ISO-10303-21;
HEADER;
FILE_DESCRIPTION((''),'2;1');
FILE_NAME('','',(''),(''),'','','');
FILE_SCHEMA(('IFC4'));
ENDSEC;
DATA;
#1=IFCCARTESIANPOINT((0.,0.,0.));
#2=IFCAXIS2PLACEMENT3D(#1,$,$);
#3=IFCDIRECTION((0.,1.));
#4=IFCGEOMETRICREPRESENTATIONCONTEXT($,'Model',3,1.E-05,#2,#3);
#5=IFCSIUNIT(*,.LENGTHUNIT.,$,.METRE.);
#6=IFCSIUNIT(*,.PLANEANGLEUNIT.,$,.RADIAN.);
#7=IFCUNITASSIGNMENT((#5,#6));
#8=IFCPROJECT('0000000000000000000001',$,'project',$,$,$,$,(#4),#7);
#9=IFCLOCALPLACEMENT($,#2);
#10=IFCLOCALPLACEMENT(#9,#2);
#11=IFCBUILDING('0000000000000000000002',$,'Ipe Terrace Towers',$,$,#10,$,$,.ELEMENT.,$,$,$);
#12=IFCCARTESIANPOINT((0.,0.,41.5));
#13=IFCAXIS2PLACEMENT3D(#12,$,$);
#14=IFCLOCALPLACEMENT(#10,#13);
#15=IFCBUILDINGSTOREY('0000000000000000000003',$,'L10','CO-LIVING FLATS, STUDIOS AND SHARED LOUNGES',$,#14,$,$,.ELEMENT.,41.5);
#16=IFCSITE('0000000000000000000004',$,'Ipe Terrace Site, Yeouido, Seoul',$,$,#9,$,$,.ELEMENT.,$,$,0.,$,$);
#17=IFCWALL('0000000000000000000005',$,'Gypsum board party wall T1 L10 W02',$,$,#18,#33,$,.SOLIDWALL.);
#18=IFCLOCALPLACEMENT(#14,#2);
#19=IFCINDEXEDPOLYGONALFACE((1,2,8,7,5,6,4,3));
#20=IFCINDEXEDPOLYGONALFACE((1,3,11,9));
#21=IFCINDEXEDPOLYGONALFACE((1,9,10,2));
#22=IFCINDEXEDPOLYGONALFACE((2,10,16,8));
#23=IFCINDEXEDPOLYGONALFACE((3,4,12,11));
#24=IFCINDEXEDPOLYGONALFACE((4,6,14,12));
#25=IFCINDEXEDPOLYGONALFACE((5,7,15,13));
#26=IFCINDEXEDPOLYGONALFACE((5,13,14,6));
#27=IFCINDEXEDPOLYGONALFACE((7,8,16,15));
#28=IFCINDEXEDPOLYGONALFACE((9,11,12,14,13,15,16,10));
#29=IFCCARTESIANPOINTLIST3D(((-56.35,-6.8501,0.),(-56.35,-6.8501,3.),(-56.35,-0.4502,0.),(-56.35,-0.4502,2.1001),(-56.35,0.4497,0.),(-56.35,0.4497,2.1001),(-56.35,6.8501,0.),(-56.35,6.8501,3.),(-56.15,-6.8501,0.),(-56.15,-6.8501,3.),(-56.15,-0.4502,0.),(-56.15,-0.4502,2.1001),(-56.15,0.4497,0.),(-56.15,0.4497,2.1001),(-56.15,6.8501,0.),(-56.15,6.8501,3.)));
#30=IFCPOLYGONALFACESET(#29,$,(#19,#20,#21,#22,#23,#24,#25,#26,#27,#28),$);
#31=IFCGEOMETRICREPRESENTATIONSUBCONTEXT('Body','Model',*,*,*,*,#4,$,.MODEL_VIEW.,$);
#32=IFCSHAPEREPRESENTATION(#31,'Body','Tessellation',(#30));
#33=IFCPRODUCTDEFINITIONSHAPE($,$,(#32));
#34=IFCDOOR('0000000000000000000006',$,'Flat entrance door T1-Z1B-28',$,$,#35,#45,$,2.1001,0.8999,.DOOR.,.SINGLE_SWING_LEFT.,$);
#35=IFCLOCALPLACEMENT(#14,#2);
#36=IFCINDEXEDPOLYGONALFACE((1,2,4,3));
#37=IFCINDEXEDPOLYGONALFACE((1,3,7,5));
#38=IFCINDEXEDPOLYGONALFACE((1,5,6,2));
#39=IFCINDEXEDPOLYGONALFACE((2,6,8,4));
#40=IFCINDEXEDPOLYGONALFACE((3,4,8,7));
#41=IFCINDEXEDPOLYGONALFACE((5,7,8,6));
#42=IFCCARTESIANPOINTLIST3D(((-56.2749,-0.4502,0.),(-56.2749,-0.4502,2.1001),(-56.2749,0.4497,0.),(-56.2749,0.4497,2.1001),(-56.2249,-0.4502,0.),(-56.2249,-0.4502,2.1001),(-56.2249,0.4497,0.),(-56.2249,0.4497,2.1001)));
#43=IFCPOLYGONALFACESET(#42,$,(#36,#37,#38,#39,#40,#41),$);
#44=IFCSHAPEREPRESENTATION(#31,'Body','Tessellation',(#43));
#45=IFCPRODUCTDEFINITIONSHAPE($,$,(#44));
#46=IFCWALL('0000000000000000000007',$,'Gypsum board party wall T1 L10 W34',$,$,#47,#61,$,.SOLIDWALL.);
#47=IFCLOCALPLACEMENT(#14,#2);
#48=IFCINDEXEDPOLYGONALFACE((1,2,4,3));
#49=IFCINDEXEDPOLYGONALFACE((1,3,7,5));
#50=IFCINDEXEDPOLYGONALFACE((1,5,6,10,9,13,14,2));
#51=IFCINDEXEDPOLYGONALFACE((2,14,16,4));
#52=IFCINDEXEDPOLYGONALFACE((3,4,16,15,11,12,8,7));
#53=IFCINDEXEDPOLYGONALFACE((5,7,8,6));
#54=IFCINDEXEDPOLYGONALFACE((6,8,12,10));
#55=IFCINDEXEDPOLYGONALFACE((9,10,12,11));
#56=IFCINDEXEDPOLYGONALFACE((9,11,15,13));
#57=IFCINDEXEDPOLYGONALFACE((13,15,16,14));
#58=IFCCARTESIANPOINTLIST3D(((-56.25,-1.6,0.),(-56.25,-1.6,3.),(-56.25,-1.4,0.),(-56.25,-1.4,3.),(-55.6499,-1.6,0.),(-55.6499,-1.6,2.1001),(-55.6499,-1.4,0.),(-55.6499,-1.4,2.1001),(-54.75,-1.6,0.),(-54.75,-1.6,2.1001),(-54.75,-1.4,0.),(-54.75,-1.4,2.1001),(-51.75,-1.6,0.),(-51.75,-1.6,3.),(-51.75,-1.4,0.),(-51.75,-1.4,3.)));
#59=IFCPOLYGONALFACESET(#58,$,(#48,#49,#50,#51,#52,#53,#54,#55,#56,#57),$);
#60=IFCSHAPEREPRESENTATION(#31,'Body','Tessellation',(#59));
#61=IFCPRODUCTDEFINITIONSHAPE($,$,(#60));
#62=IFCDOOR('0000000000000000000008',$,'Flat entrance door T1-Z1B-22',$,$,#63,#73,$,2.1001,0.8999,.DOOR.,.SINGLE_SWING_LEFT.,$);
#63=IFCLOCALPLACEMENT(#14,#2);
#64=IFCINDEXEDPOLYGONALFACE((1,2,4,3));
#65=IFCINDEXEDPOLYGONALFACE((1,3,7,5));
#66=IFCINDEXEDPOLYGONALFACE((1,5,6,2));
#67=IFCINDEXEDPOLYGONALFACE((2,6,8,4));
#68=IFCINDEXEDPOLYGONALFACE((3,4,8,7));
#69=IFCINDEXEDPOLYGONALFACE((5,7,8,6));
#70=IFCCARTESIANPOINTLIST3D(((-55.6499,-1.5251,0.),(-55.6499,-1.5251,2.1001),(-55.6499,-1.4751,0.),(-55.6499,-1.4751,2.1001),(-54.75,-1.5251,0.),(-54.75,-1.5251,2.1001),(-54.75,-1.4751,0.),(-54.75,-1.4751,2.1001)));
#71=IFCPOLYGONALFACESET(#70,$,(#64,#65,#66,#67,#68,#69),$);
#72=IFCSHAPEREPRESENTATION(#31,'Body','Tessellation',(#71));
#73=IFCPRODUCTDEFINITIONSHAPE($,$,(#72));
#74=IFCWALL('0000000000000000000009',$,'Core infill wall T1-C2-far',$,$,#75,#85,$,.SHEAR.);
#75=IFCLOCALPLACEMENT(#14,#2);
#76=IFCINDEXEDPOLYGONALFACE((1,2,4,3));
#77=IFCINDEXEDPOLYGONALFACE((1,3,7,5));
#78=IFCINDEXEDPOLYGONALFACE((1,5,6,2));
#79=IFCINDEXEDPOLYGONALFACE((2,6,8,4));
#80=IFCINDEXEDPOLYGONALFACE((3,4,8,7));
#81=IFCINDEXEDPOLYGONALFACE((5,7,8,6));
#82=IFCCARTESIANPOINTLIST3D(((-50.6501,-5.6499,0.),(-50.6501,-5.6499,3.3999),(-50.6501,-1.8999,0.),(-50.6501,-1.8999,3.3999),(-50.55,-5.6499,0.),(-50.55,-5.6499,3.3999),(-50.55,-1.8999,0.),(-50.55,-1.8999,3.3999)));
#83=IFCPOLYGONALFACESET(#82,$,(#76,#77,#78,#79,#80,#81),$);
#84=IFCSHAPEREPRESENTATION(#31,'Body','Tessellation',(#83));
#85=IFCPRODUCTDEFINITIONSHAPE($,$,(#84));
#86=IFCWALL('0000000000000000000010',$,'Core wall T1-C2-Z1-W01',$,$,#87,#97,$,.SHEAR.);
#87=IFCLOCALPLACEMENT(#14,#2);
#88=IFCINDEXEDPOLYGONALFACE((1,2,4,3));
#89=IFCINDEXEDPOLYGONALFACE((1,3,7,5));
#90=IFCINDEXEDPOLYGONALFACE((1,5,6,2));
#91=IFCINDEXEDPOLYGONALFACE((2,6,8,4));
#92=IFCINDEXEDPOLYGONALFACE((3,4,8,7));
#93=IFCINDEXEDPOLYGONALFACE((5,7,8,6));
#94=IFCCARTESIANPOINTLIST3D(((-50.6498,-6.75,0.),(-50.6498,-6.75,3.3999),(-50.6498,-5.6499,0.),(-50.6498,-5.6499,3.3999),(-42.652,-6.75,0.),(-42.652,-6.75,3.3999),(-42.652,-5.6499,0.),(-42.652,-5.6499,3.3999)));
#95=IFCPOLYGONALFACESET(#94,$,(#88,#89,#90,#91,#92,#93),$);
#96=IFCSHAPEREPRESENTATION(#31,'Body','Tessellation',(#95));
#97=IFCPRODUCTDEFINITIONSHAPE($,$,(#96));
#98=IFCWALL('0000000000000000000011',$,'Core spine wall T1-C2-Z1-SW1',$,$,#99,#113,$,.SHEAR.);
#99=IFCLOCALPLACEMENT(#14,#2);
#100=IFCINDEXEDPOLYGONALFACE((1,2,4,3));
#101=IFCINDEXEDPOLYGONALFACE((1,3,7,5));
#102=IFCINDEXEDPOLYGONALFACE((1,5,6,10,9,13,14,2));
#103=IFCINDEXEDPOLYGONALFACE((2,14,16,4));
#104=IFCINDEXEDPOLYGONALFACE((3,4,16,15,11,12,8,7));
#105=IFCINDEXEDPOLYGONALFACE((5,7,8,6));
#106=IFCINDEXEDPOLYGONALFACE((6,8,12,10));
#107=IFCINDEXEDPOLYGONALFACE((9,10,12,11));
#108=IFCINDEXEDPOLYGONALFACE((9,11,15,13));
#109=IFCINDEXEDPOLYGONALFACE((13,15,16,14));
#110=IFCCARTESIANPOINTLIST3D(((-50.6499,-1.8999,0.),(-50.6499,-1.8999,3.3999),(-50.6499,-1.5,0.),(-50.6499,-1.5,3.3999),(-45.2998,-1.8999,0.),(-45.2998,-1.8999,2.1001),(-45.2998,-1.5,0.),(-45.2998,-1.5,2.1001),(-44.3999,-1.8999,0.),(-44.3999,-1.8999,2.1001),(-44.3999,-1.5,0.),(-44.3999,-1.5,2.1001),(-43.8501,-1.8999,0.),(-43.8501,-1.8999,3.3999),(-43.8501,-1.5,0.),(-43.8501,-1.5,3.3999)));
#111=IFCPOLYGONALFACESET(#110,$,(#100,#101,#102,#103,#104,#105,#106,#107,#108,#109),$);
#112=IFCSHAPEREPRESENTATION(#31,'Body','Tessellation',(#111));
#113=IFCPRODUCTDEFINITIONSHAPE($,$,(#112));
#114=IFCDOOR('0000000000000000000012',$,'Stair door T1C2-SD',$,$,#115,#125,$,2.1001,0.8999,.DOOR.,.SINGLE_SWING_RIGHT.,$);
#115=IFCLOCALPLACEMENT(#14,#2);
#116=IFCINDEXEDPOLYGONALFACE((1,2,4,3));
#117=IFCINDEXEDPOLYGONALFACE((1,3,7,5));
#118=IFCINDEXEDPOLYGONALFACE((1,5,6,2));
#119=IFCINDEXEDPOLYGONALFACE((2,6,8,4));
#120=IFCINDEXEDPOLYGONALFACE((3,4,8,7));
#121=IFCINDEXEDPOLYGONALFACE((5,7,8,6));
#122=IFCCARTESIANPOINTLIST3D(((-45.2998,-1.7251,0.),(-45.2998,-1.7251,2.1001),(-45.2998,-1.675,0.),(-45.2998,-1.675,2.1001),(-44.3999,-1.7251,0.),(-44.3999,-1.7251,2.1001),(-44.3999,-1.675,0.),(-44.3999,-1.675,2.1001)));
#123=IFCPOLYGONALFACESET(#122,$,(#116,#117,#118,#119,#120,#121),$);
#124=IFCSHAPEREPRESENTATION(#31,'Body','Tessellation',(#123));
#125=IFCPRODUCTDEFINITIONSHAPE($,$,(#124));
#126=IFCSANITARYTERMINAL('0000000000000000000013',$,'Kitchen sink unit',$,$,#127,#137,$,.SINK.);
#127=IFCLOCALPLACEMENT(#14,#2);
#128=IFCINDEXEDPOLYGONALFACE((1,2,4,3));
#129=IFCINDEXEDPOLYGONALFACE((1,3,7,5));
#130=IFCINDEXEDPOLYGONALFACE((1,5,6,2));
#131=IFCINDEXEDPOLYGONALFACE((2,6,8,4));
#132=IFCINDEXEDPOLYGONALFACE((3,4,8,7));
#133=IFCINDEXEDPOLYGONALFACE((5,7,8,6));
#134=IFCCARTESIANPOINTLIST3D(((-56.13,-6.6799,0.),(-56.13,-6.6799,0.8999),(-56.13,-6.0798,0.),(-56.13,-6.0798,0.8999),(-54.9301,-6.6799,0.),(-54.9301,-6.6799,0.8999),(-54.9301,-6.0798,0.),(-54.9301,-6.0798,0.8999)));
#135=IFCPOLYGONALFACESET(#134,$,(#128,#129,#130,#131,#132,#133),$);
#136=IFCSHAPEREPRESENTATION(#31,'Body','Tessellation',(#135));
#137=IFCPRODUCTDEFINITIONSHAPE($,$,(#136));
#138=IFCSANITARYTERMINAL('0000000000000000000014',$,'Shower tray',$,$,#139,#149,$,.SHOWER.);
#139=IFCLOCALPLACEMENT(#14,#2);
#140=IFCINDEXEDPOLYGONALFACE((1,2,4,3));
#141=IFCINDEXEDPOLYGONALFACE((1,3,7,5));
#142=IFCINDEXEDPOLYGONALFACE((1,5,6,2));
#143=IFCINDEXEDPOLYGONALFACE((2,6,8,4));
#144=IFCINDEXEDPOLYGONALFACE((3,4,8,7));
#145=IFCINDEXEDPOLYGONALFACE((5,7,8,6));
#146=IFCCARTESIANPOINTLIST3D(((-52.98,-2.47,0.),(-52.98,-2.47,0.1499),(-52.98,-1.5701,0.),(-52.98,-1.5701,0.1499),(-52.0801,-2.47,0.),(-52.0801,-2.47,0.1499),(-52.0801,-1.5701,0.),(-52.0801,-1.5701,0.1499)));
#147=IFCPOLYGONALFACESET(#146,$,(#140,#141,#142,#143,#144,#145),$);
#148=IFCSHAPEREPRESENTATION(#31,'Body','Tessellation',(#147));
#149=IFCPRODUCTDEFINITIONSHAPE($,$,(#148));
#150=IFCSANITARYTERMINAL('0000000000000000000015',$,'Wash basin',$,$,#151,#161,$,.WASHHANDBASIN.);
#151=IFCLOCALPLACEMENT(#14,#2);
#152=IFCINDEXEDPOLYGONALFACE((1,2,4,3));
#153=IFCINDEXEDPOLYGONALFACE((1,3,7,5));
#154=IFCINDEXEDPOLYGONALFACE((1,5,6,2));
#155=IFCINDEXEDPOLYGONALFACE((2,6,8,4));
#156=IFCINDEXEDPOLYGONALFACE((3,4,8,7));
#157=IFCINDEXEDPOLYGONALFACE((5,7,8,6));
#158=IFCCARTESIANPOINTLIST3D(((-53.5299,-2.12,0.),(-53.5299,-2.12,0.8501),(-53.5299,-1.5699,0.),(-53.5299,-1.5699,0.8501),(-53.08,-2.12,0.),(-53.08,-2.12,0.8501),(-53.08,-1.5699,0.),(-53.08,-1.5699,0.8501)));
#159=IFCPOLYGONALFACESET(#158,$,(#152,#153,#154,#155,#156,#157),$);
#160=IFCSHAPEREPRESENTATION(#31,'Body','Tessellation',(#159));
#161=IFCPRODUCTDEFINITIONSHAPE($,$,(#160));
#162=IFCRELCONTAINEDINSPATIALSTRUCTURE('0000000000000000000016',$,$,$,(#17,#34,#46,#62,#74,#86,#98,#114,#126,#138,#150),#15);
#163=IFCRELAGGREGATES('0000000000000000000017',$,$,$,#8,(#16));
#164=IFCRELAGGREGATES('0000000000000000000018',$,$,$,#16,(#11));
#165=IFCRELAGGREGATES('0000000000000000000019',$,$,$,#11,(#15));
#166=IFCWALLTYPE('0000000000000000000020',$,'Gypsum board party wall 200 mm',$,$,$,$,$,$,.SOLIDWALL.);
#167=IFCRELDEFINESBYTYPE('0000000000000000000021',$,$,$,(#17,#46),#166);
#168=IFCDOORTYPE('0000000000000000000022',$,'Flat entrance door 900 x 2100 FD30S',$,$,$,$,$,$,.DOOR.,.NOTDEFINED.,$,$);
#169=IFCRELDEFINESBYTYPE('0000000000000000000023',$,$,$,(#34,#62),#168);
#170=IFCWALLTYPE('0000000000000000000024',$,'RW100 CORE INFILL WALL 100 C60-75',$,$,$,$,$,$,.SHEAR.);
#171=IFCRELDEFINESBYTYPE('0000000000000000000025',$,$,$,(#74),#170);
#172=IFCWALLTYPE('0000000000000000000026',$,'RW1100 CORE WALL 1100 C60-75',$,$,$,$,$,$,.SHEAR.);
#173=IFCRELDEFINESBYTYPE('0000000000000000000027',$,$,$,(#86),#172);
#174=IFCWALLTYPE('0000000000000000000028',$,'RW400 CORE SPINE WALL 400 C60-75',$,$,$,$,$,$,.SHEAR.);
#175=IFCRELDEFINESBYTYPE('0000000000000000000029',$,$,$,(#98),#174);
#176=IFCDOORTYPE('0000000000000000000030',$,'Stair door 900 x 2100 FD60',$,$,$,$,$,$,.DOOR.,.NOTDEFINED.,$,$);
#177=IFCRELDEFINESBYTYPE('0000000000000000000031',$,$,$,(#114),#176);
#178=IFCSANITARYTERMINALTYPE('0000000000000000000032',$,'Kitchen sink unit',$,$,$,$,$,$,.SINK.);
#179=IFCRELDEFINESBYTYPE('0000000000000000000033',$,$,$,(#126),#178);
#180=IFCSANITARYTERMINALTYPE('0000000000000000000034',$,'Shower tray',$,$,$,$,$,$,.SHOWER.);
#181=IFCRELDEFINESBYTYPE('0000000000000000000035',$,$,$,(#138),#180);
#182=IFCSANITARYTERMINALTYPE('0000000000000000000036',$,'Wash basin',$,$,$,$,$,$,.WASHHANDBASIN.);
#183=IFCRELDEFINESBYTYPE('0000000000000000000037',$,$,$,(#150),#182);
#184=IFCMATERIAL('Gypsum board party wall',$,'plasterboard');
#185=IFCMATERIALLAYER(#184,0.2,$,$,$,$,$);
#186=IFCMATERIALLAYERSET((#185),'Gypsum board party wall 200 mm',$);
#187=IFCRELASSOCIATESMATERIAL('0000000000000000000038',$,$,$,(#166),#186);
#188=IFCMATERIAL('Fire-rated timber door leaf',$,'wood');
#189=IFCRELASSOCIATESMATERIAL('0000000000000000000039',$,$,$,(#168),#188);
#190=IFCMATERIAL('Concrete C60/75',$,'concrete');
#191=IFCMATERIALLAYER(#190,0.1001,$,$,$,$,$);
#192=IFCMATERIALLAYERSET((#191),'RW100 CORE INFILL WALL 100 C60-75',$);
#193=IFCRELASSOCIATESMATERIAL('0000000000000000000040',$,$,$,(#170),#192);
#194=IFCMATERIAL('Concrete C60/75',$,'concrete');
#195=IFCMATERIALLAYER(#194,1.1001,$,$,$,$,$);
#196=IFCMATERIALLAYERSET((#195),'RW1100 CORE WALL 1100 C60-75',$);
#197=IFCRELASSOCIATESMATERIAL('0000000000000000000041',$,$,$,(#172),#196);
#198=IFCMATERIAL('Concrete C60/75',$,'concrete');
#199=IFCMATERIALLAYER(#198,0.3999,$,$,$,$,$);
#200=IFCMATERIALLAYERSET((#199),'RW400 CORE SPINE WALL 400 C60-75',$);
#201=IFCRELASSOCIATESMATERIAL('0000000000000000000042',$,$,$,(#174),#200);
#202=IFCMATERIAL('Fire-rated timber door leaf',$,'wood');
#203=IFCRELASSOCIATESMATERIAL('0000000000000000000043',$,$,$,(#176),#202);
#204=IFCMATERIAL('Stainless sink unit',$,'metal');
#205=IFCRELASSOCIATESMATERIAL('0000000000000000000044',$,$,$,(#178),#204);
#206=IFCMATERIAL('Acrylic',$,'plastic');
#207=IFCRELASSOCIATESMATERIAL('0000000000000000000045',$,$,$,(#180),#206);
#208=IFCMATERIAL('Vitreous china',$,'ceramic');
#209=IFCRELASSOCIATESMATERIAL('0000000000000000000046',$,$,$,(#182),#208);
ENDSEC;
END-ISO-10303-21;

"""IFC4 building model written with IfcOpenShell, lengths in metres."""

from ifc_helpers import new_model, si_unit, direction, frame, frame_2d, origin, origin_2d, place, context, subcontext, project, spatial, rectangle, extrude, material, layer, layer_set, type_object, element, fill, save


model = new_model("IFC4")

# Units and contexts
model_context = context("Model", 3, precision=1e-05, world=origin(), true_north=direction((0.0, 1.0)))
body_context = subcontext(model_context, "Body", "Model", "MODEL_VIEW")
ifc_project = project(units=[si_unit("LENGTHUNIT", "METRE"), si_unit("PLANEANGLEUNIT", "RADIAN")], contexts=[model_context])

# Site, building, storey
site_placement = place(None, origin())
site = spatial("IfcSite", under=ifc_project, at=site_placement, Name="Ipe Terrace Site, Yeouido, Seoul", CompositionType="ELEMENT", RefElevation=0.0)
building_placement = place(site_placement, origin())
building = spatial("IfcBuilding", under=site, at=building_placement, Name="Ipe Terrace Towers", CompositionType="ELEMENT")
storey_placement = place(building_placement, frame((0.0, 0.0, 41.5)))
storey = spatial("IfcBuildingStorey", under=building, at=storey_placement, Name="L10", Description="CO-LIVING FLATS, STUDIOS AND SHARED LOUNGES", CompositionType="ELEMENT", Elevation=41.5)

# Walls, openings, doors
ifc_material_1 = material(Name="Gypsum board party wall", Category="plasterboard")
ifc_layer_1 = layer(ifc_material_1, 0.2)
ifc_layer_set_1 = layer_set([ifc_layer_1], Name="Gypsum board party wall 200 mm")
wall_type_1 = type_object("IfcWallType", Name="Gypsum board party wall 200 mm", PredefinedType="SOLIDWALL", material=ifc_layer_set_1)
wall_1_placement = place(storey_placement, frame((-56.25, -6.8501, 0.0), z_axis=(0.0, 0.0, 1.0), x_axis=(0.0, 1.0, 0.0)))
wall_1 = element("IfcWall", 1, at=wall_1_placement, inside=storey, type_object=wall_type_1, Name="Gypsum board party wall T1 L10 W02", PredefinedType="SOLIDWALL", context=body_context, shape_type="SweptSolid", body=[
    extrude(rectangle(XDim=13.7002, YDim=0.2, at=frame_2d((6.8501, 0.0))), origin(), (0.0, 0.0, 1.0), 3.0),
])
opening_1_placement = place(wall_1_placement, frame((6.3999, 0.0, 0.0)))
opening_1 = element("IfcOpeningElement", 2, at=opening_1_placement, cuts=wall_1, PredefinedType="OPENING", context=body_context, shape_type="SweptSolid", body=[
    extrude(rectangle(XDim=0.8999, YDim=2.1001, at=frame_2d((0.45, 1.05))), frame((0.0, 0.1099, 0.0), z_axis=(0.0, -1.0, 0.0), x_axis=(1.0, 0.0, 0.0)), (0.0, 0.0, 1.0), 0.22),
])
ifc_material_2 = material(Name="Fire-rated timber door leaf", Category="wood")
door_type_1 = type_object("IfcDoorType", Name="Flat entrance door 900 x 2100 FD30S", OperationType="NOTDEFINED", PredefinedType="DOOR", material=ifc_material_2)
door_1_placement = place(opening_1_placement, origin())
door_1 = element("IfcDoor", 3, at=door_1_placement, inside=storey, type_object=door_type_1, Name="Flat entrance door T1-Z1B-28", OperationType="SINGLE_SWING_LEFT", OverallHeight=2.1001, OverallWidth=0.8999, PredefinedType="DOOR", context=body_context, shape_type="SweptSolid", body=[
    extrude(rectangle(XDim=0.8999, YDim=2.1001, at=frame_2d((0.45, 1.05))), frame((0.0, 0.0249, 0.0), z_axis=(0.0, -1.0, 0.0), x_axis=(1.0, 0.0, 0.0)), (0.0, 0.0, 1.0), 0.05),
])
fill(opening_1, door_1)
wall_2_placement = place(storey_placement, frame((-56.25, -1.5, 0.0), z_axis=(0.0, 0.0, 1.0), x_axis=(1.0, 0.0, 0.0)))
wall_2 = element("IfcWall", 4, at=wall_2_placement, inside=storey, type_object=wall_type_1, Name="Gypsum board party wall T1 L10 W34", PredefinedType="SOLIDWALL", context=body_context, shape_type="SweptSolid", body=[
    extrude(rectangle(XDim=4.5, YDim=0.2, at=frame_2d((2.25, 0.0))), origin(), (0.0, 0.0, 1.0), 3.0),
])
opening_2_placement = place(wall_2_placement, frame((0.6001, 0.0, 0.0)))
opening_2 = element("IfcOpeningElement", 5, at=opening_2_placement, cuts=wall_2, PredefinedType="OPENING", context=body_context, shape_type="SweptSolid", body=[
    extrude(rectangle(XDim=0.8999, YDim=2.1001, at=frame_2d((0.45, 1.05))), frame((0.0, 0.1099, 0.0), z_axis=(0.0, -1.0, 0.0), x_axis=(1.0, 0.0, 0.0)), (0.0, 0.0, 1.0), 0.22),
])
door_2_placement = place(opening_2_placement, origin())
door_2 = element("IfcDoor", 6, at=door_2_placement, inside=storey, type_object=door_type_1, Name="Flat entrance door T1-Z1B-22", OperationType="SINGLE_SWING_LEFT", OverallHeight=2.1001, OverallWidth=0.8999, PredefinedType="DOOR", context=body_context, shape_type="SweptSolid", body=[
    extrude(rectangle(XDim=0.8999, YDim=2.1001, at=frame_2d((0.45, 1.05))), frame((0.0, 0.0249, 0.0), z_axis=(0.0, -1.0, 0.0), x_axis=(1.0, 0.0, 0.0)), (0.0, 0.0, 1.0), 0.05),
])
fill(opening_2, door_2)

# Walls
ifc_material_3 = material(Name="Concrete C60/75", Category="concrete")
ifc_layer_2 = layer(ifc_material_3, 0.1001)
ifc_layer_set_2 = layer_set([ifc_layer_2], Name="RW100 CORE INFILL WALL 100 C60-75")
wall_type_2 = type_object("IfcWallType", Name="RW100 CORE INFILL WALL 100 C60-75", PredefinedType="SHEAR", material=ifc_layer_set_2)
wall_3_placement = place(storey_placement, frame((-50.6001, -1.8999, 0.0), z_axis=(0.0, 0.0, 1.0), x_axis=(0.0, -1.0, 0.0)))
element("IfcWall", 7, at=wall_3_placement, inside=storey, type_object=wall_type_2, Name="Core infill wall T1-C2-far", PredefinedType="SHEAR", context=body_context, shape_type="SweptSolid", body=[
    extrude(rectangle(XDim=3.75, YDim=0.1001, at=frame_2d((1.875, 0.0))), origin(), (0.0, 0.0, 1.0), 3.3999),
])
ifc_material_4 = material(Name="Concrete C60/75", Category="concrete")
ifc_layer_3 = layer(ifc_material_4, 1.1001)
ifc_layer_set_3 = layer_set([ifc_layer_3], Name="RW1100 CORE WALL 1100 C60-75")
wall_type_3 = type_object("IfcWallType", Name="RW1100 CORE WALL 1100 C60-75", PredefinedType="SHEAR", material=ifc_layer_set_3)
wall_4_placement = place(storey_placement, frame((-50.6499, -6.2, 0.0), z_axis=(0.0, 0.0, 1.0), x_axis=(1.0, 0.0, 0.0)))
element("IfcWall", 8, at=wall_4_placement, inside=storey, type_object=wall_type_3, Name="Core wall T1-C2-Z1-W01", PredefinedType="SHEAR", context=body_context, shape_type="SweptSolid", body=[
    extrude(rectangle(XDim=7.9978, YDim=1.1001, at=frame_2d((3.999, 0.0))), origin(), (0.0, 0.0, 1.0), 3.3999),
])

# Wall, opening, door
ifc_material_5 = material(Name="Concrete C60/75", Category="concrete")
ifc_layer_4 = layer(ifc_material_5, 0.3999)
ifc_layer_set_4 = layer_set([ifc_layer_4], Name="RW400 CORE SPINE WALL 400 C60-75")
wall_type_4 = type_object("IfcWallType", Name="RW400 CORE SPINE WALL 400 C60-75", PredefinedType="SHEAR", material=ifc_layer_set_4)
wall_5_placement = place(storey_placement, frame((-50.6499, -1.7, 0.0), z_axis=(0.0, 0.0, 1.0), x_axis=(1.0, 0.0, 0.0)))
wall_5 = element("IfcWall", 9, at=wall_5_placement, inside=storey, type_object=wall_type_4, Name="Core spine wall T1-C2-Z1-SW1", PredefinedType="SHEAR", context=body_context, shape_type="SweptSolid", body=[
    extrude(rectangle(XDim=6.7998, YDim=0.3999, at=frame_2d((3.3999, 0.0))), origin(), (0.0, 0.0, 1.0), 3.3999),
])
opening_3_placement = place(wall_5_placement, frame((5.3501, 0.0, 0.0)))
opening_3 = element("IfcOpeningElement", 10, at=opening_3_placement, cuts=wall_5, PredefinedType="OPENING", context=body_context, shape_type="SweptSolid", body=[
    extrude(rectangle(XDim=0.8999, YDim=2.1001, at=frame_2d((0.45, 1.05))), frame((0.0, 0.21, 0.0), z_axis=(0.0, -1.0, 0.0), x_axis=(1.0, 0.0, 0.0)), (0.0, 0.0, 1.0), 0.4199),
])
ifc_material_6 = material(Name="Fire-rated timber door leaf", Category="wood")
door_type_2 = type_object("IfcDoorType", Name="Stair door 900 x 2100 FD60", OperationType="NOTDEFINED", PredefinedType="DOOR", material=ifc_material_6)
door_3_placement = place(opening_3_placement, origin())
door_3 = element("IfcDoor", 11, at=door_3_placement, inside=storey, type_object=door_type_2, Name="Stair door T1C2-SD", OperationType="SINGLE_SWING_RIGHT", OverallHeight=2.1001, OverallWidth=0.8999, PredefinedType="DOOR", context=body_context, shape_type="SweptSolid", body=[
    extrude(rectangle(XDim=0.8999, YDim=2.1001, at=frame_2d((0.45, 1.05))), frame((0.0, 0.0249, 0.0), z_axis=(0.0, -1.0, 0.0), x_axis=(1.0, 0.0, 0.0)), (0.0, 0.0, 1.0), 0.05),
])
fill(opening_3, door_3)

# Sanitary terminals
ifc_material_7 = material(Name="Stainless sink unit", Category="metal")
sanitary_terminal_type_1 = type_object("IfcSanitaryTerminalType", Name="Kitchen sink unit", PredefinedType="SINK", material=ifc_material_7)
sanitary_terminal_1_placement = place(storey_placement, frame((-55.53, -6.3799, 0.0), z_axis=(0.0, 0.0, 1.0), x_axis=(-1.0, 0.0, 0.0)))
element("IfcSanitaryTerminal", 12, at=sanitary_terminal_1_placement, inside=storey, type_object=sanitary_terminal_type_1, Name="Kitchen sink unit", PredefinedType="SINK", context=body_context, shape_type="SweptSolid", body=[
    extrude(rectangle(XDim=1.2, YDim=0.6001, at=origin_2d()), origin(), (0.0, 0.0, 1.0), 0.8999),
])
ifc_material_8 = material(Name="Acrylic", Category="plastic")
sanitary_terminal_type_2 = type_object("IfcSanitaryTerminalType", Name="Shower tray", PredefinedType="SHOWER", material=ifc_material_8)
sanitary_terminal_2_placement = place(storey_placement, frame((-52.53, -2.02, 0.0), z_axis=(0.0, 0.0, 1.0), x_axis=(0.0, -1.0, 0.0)))
element("IfcSanitaryTerminal", 13, at=sanitary_terminal_2_placement, inside=storey, type_object=sanitary_terminal_type_2, Name="Shower tray", PredefinedType="SHOWER", context=body_context, shape_type="SweptSolid", body=[
    extrude(rectangle(XDim=0.8999, YDim=0.8999, at=origin_2d()), origin(), (0.0, 0.0, 1.0), 0.1499),
])
ifc_material_9 = material(Name="Vitreous china", Category="ceramic")
sanitary_terminal_type_3 = type_object("IfcSanitaryTerminalType", Name="Wash basin", PredefinedType="WASHHANDBASIN", material=ifc_material_9)
sanitary_terminal_3_placement = place(storey_placement, frame((-53.3049, -1.845, 0.0), z_axis=(0.0, 0.0, 1.0), x_axis=(0.0, -1.0, 0.0)))
element("IfcSanitaryTerminal", 14, at=sanitary_terminal_3_placement, inside=storey, type_object=sanitary_terminal_type_3, Name="Wash basin", PredefinedType="WASHHANDBASIN", context=body_context, shape_type="SweptSolid", body=[
    extrude(rectangle(XDim=0.55, YDim=0.45, at=origin_2d()), origin(), (0.0, 0.0, 1.0), 0.8501),
])

save(model, "model.ifc")
